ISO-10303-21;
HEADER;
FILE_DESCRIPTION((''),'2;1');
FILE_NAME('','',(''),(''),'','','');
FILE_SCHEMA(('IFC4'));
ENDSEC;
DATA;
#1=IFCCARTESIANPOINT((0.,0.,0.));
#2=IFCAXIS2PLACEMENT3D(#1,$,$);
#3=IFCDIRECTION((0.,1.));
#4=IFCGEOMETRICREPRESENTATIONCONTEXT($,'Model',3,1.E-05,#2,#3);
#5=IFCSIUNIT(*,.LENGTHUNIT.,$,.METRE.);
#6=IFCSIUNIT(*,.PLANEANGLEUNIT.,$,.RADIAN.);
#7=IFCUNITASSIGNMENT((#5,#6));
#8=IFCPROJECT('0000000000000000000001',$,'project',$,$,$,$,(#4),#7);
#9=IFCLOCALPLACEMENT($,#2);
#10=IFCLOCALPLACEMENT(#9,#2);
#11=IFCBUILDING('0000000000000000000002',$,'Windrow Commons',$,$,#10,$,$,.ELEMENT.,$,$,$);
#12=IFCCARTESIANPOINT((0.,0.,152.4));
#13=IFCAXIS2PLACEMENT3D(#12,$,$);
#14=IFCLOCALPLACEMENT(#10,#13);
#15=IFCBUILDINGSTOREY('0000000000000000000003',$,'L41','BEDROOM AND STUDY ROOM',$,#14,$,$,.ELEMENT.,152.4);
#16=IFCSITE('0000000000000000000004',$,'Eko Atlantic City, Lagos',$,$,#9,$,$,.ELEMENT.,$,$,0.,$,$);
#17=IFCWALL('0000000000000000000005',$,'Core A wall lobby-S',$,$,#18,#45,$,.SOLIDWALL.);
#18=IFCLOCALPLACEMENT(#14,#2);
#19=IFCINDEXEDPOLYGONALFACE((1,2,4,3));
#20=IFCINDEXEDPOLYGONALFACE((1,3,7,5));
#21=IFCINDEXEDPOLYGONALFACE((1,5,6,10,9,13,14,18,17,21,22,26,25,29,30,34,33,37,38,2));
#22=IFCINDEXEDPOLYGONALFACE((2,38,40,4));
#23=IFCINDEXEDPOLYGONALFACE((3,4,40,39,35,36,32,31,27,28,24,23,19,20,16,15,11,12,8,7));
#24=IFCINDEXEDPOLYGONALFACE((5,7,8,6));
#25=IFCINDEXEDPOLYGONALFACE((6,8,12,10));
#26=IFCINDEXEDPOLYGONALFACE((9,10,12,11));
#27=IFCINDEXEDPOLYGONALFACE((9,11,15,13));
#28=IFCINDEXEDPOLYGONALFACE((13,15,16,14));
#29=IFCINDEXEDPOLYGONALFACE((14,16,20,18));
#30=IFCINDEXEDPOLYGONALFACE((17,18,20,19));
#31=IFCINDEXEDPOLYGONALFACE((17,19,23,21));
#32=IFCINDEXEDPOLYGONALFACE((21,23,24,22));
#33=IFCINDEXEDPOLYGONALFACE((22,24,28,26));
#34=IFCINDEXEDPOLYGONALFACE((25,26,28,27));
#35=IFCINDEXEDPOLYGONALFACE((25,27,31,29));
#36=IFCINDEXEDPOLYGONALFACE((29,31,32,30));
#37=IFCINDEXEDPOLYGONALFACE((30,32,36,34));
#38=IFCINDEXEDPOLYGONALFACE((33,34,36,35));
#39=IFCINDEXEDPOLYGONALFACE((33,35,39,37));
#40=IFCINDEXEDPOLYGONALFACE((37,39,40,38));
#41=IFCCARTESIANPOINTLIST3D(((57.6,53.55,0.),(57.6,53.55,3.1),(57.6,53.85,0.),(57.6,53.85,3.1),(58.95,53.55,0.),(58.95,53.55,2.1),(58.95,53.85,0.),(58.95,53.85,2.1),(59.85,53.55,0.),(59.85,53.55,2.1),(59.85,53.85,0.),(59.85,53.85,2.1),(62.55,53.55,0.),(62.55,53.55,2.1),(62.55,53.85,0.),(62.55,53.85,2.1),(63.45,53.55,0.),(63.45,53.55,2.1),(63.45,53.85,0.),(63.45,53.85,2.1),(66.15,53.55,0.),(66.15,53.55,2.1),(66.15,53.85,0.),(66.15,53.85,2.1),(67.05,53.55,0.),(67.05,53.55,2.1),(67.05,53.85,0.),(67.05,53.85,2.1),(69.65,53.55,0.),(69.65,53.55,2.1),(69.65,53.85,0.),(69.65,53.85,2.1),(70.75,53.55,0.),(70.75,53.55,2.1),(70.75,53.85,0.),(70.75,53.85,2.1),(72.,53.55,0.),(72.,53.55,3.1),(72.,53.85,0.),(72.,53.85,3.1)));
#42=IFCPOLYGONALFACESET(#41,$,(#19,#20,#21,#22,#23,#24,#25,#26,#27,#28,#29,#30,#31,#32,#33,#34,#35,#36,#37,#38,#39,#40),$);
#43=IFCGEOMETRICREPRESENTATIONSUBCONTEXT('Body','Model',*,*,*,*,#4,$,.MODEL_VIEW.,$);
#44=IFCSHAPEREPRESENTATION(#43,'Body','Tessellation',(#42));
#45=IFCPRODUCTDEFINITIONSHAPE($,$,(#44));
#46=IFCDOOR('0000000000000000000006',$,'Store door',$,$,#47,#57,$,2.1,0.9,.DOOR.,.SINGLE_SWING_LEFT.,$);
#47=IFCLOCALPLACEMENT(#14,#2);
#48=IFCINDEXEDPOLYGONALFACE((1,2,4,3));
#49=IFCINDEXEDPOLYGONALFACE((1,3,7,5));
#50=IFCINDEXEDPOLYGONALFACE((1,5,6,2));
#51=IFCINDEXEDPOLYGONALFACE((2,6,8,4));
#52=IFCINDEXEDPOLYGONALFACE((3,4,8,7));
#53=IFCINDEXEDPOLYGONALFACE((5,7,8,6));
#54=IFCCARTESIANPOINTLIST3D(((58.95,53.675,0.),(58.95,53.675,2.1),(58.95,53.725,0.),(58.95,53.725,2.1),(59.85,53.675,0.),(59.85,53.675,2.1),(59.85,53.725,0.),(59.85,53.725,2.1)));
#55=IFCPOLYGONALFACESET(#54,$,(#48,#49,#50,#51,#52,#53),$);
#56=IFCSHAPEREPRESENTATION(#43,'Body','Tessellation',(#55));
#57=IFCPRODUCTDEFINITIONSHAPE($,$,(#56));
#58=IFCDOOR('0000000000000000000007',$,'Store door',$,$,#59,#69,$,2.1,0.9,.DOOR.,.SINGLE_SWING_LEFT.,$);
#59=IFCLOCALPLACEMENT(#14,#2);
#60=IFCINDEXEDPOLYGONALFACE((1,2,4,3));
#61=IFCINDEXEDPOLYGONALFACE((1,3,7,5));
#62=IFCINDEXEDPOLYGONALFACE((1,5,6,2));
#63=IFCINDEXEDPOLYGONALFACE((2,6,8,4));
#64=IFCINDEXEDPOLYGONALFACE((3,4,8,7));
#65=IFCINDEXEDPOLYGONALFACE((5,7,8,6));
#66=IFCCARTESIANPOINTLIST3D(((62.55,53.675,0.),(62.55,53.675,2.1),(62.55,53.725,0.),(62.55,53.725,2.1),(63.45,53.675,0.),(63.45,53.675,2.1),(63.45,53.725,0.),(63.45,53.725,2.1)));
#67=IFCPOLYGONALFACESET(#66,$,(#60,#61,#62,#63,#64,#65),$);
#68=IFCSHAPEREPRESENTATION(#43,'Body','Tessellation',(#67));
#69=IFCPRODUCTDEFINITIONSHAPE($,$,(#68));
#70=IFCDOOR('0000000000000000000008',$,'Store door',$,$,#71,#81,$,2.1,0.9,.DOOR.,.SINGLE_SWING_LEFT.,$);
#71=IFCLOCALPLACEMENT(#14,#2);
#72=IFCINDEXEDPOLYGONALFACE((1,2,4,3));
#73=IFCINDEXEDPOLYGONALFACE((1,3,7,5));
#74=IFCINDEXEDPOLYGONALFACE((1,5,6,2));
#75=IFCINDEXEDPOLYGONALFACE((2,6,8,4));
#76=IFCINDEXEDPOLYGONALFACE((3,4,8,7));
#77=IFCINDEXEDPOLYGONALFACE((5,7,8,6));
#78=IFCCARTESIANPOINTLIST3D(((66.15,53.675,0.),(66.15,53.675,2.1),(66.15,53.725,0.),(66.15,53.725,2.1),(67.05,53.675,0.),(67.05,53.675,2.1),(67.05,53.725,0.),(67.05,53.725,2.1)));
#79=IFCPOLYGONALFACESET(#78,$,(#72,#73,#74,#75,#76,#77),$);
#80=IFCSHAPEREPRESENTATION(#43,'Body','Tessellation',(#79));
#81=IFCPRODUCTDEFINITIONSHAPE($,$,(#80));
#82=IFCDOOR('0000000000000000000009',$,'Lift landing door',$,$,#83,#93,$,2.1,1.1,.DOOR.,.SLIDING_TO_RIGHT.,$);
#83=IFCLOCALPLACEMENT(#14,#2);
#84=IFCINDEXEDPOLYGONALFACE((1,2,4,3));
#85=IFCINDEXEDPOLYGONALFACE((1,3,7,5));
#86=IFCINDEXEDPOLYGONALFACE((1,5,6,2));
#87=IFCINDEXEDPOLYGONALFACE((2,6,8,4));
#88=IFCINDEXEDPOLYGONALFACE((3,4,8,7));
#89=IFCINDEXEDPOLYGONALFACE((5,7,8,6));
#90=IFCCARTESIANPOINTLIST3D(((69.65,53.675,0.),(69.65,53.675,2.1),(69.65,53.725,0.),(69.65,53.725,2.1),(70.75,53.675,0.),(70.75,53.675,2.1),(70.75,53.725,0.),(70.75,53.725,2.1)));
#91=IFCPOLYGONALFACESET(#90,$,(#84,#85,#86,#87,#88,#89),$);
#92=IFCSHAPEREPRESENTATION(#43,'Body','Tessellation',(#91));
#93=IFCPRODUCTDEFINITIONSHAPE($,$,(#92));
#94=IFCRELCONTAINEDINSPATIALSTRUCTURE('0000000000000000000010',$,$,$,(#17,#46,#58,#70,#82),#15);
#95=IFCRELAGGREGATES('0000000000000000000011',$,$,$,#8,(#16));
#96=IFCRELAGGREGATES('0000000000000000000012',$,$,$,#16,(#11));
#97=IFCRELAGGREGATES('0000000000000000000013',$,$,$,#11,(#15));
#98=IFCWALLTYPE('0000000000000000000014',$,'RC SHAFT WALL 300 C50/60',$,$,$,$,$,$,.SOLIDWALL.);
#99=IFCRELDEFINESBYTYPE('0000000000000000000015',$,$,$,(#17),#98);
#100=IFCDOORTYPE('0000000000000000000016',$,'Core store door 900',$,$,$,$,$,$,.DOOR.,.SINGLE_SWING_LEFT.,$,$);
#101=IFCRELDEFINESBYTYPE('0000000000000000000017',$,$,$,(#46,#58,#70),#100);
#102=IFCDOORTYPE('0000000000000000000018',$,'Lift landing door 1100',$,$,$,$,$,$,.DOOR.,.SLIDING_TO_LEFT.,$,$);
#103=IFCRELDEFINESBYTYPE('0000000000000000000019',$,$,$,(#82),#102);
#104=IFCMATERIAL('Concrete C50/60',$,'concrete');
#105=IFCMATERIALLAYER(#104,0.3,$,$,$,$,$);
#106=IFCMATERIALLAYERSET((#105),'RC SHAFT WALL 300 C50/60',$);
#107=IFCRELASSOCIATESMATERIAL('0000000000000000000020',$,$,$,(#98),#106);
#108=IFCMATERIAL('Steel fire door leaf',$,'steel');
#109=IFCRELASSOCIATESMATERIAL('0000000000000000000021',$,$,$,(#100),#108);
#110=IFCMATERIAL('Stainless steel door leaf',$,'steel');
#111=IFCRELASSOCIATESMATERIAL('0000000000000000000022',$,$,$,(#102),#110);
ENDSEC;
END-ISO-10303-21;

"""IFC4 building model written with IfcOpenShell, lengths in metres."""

from ifc_helpers import new_model, si_unit, direction, frame, frame_2d, origin, place, context, subcontext, project, spatial, rectangle, extrude, material, layer, layer_set, type_object, element, fill, save


model = new_model("IFC4")

# Units and contexts
model_context = context("Model", 3, precision=1e-05, world=origin(), true_north=direction((0.0, 1.0)))
body_context = subcontext(model_context, "Body", "Model", "MODEL_VIEW")
ifc_project = project(units=[si_unit("LENGTHUNIT", "METRE"), si_unit("PLANEANGLEUNIT", "RADIAN")], contexts=[model_context])

# Site, building, storey
site_placement = place(None, origin())
site = spatial("IfcSite", under=ifc_project, at=site_placement, Name="Eko Atlantic City, Lagos", CompositionType="ELEMENT", RefElevation=0.0)
building_placement = place(site_placement, origin())
building = spatial("IfcBuilding", under=site, at=building_placement, Name="Windrow Commons", CompositionType="ELEMENT")
storey_placement = place(building_placement, frame((0.0, 0.0, 152.4)))
storey = spatial("IfcBuildingStorey", under=building, at=storey_placement, Name="L41", Description="BEDROOM AND STUDY ROOM", CompositionType="ELEMENT", Elevation=152.4)

# Wall, openings, doors
ifc_material_1 = material(Name="Concrete C50/60", Category="concrete")
ifc_layer_1 = layer(ifc_material_1, 0.3)
ifc_layer_set_1 = layer_set([ifc_layer_1], Name="RC SHAFT WALL 300 C50/60")
wall_type_1 = type_object("IfcWallType", Name="RC SHAFT WALL 300 C50/60", PredefinedType="SOLIDWALL", material=ifc_layer_set_1)
wall_1_placement = place(storey_placement, frame((57.6, 53.7, 0.0), z_axis=(0.0, 0.0, 1.0), x_axis=(1.0, 0.0, 0.0)))
wall_1 = element("IfcWall", 1, at=wall_1_placement, inside=storey, type_object=wall_type_1, Name="Core A wall lobby-S", PredefinedType="SOLIDWALL", context=body_context, shape_type="SweptSolid", body=[
    extrude(rectangle(XDim=14.4, YDim=0.3, at=frame_2d((7.2, 0.0))), origin(), (0.0, 0.0, 1.0), 3.1),
])
opening_1_placement = place(wall_1_placement, frame((1.35, 0.0, 0.0)))
opening_1 = element("IfcOpeningElement", 2, at=opening_1_placement, cuts=wall_1, PredefinedType="OPENING", context=body_context, shape_type="SweptSolid", body=[
    extrude(rectangle(XDim=0.9, YDim=2.1, at=frame_2d((0.45, 1.05))), frame((0.0, 0.16, 0.0), z_axis=(0.0, -1.0, 0.0), x_axis=(1.0, 0.0, 0.0)), (0.0, 0.0, 1.0), 0.32),
])
opening_2_placement = place(wall_1_placement, frame((4.95, 0.0, 0.0)))
opening_2 = element("IfcOpeningElement", 3, at=opening_2_placement, cuts=wall_1, PredefinedType="OPENING", context=body_context, shape_type="SweptSolid", body=[
    extrude(rectangle(XDim=0.9, YDim=2.1, at=frame_2d((0.45, 1.05))), frame((0.0, 0.16, 0.0), z_axis=(0.0, -1.0, 0.0), x_axis=(1.0, 0.0, 0.0)), (0.0, 0.0, 1.0), 0.32),
])
opening_3_placement = place(wall_1_placement, frame((8.55, 0.0, 0.0)))
opening_3 = element("IfcOpeningElement", 4, at=opening_3_placement, cuts=wall_1, PredefinedType="OPENING", context=body_context, shape_type="SweptSolid", body=[
    extrude(rectangle(XDim=0.9, YDim=2.1, at=frame_2d((0.45, 1.05))), frame((0.0, 0.16, 0.0), z_axis=(0.0, -1.0, 0.0), x_axis=(1.0, 0.0, 0.0)), (0.0, 0.0, 1.0), 0.32),
])
opening_4_placement = place(wall_1_placement, frame((12.05, 0.0, 0.0)))
opening_4 = element("IfcOpeningElement", 5, at=opening_4_placement, cuts=wall_1, PredefinedType="OPENING", context=body_context, shape_type="SweptSolid", body=[
    extrude(rectangle(XDim=1.1, YDim=2.1, at=frame_2d((0.55, 1.05))), frame((0.0, 0.16, 0.0), z_axis=(0.0, -1.0, 0.0), x_axis=(1.0, 0.0, 0.0)), (0.0, 0.0, 1.0), 0.32),
])
ifc_material_2 = material(Name="Steel fire door leaf", Category="steel")
door_type_1 = type_object("IfcDoorType", Name="Core store door 900", OperationType="SINGLE_SWING_LEFT", PredefinedType="DOOR", material=ifc_material_2)
door_1_placement = place(opening_1_placement, origin())
door_1 = element("IfcDoor", 6, at=door_1_placement, inside=storey, type_object=door_type_1, Name="Store door", OperationType="SINGLE_SWING_LEFT", OverallHeight=2.1, OverallWidth=0.9, PredefinedType="DOOR", context=body_context, shape_type="SweptSolid", body=[
    extrude(rectangle(XDim=0.9, YDim=2.1, at=frame_2d((0.45, 1.05))), frame((0.0, 0.025, 0.0), z_axis=(0.0, -1.0, 0.0), x_axis=(1.0, 0.0, 0.0)), (0.0, 0.0, 1.0), 0.05),
])
fill(opening_1, door_1)
door_2_placement = place(opening_2_placement, origin())
door_2 = element("IfcDoor", 7, at=door_2_placement, inside=storey, type_object=door_type_1, Name="Store door", OperationType="SINGLE_SWING_LEFT", OverallHeight=2.1, OverallWidth=0.9, PredefinedType="DOOR", context=body_context, shape_type="SweptSolid", body=[
    extrude(rectangle(XDim=0.9, YDim=2.1, at=frame_2d((0.45, 1.05))), frame((0.0, 0.025, 0.0), z_axis=(0.0, -1.0, 0.0), x_axis=(1.0, 0.0, 0.0)), (0.0, 0.0, 1.0), 0.05),
])
fill(opening_2, door_2)
door_3_placement = place(opening_3_placement, origin())
door_3 = element("IfcDoor", 8, at=door_3_placement, inside=storey, type_object=door_type_1, Name="Store door", OperationType="SINGLE_SWING_LEFT", OverallHeight=2.1, OverallWidth=0.9, PredefinedType="DOOR", context=body_context, shape_type="SweptSolid", body=[
    extrude(rectangle(XDim=0.9, YDim=2.1, at=frame_2d((0.45, 1.05))), frame((0.0, 0.025, 0.0), z_axis=(0.0, -1.0, 0.0), x_axis=(1.0, 0.0, 0.0)), (0.0, 0.0, 1.0), 0.05),
])
fill(opening_3, door_3)
ifc_material_3 = material(Name="Stainless steel door leaf", Category="steel")
door_type_2 = type_object("IfcDoorType", Name="Lift landing door 1100", OperationType="SLIDING_TO_LEFT", PredefinedType="DOOR", material=ifc_material_3)
door_4_placement = place(opening_4_placement, origin())
door_4 = element("IfcDoor", 9, at=door_4_placement, inside=storey, type_object=door_type_2, Name="Lift landing door", OperationType="SLIDING_TO_RIGHT", OverallHeight=2.1, OverallWidth=1.1, PredefinedType="DOOR", context=body_context, shape_type="SweptSolid", body=[
    extrude(rectangle(XDim=1.1, YDim=2.1, at=frame_2d((0.55, 1.05))), frame((0.0, 0.025, 0.0), z_axis=(0.0, -1.0, 0.0), x_axis=(1.0, 0.0, 0.0)), (0.0, 0.0, 1.0), 0.05),
])
fill(opening_4, door_4)

save(model, "model.ifc")
